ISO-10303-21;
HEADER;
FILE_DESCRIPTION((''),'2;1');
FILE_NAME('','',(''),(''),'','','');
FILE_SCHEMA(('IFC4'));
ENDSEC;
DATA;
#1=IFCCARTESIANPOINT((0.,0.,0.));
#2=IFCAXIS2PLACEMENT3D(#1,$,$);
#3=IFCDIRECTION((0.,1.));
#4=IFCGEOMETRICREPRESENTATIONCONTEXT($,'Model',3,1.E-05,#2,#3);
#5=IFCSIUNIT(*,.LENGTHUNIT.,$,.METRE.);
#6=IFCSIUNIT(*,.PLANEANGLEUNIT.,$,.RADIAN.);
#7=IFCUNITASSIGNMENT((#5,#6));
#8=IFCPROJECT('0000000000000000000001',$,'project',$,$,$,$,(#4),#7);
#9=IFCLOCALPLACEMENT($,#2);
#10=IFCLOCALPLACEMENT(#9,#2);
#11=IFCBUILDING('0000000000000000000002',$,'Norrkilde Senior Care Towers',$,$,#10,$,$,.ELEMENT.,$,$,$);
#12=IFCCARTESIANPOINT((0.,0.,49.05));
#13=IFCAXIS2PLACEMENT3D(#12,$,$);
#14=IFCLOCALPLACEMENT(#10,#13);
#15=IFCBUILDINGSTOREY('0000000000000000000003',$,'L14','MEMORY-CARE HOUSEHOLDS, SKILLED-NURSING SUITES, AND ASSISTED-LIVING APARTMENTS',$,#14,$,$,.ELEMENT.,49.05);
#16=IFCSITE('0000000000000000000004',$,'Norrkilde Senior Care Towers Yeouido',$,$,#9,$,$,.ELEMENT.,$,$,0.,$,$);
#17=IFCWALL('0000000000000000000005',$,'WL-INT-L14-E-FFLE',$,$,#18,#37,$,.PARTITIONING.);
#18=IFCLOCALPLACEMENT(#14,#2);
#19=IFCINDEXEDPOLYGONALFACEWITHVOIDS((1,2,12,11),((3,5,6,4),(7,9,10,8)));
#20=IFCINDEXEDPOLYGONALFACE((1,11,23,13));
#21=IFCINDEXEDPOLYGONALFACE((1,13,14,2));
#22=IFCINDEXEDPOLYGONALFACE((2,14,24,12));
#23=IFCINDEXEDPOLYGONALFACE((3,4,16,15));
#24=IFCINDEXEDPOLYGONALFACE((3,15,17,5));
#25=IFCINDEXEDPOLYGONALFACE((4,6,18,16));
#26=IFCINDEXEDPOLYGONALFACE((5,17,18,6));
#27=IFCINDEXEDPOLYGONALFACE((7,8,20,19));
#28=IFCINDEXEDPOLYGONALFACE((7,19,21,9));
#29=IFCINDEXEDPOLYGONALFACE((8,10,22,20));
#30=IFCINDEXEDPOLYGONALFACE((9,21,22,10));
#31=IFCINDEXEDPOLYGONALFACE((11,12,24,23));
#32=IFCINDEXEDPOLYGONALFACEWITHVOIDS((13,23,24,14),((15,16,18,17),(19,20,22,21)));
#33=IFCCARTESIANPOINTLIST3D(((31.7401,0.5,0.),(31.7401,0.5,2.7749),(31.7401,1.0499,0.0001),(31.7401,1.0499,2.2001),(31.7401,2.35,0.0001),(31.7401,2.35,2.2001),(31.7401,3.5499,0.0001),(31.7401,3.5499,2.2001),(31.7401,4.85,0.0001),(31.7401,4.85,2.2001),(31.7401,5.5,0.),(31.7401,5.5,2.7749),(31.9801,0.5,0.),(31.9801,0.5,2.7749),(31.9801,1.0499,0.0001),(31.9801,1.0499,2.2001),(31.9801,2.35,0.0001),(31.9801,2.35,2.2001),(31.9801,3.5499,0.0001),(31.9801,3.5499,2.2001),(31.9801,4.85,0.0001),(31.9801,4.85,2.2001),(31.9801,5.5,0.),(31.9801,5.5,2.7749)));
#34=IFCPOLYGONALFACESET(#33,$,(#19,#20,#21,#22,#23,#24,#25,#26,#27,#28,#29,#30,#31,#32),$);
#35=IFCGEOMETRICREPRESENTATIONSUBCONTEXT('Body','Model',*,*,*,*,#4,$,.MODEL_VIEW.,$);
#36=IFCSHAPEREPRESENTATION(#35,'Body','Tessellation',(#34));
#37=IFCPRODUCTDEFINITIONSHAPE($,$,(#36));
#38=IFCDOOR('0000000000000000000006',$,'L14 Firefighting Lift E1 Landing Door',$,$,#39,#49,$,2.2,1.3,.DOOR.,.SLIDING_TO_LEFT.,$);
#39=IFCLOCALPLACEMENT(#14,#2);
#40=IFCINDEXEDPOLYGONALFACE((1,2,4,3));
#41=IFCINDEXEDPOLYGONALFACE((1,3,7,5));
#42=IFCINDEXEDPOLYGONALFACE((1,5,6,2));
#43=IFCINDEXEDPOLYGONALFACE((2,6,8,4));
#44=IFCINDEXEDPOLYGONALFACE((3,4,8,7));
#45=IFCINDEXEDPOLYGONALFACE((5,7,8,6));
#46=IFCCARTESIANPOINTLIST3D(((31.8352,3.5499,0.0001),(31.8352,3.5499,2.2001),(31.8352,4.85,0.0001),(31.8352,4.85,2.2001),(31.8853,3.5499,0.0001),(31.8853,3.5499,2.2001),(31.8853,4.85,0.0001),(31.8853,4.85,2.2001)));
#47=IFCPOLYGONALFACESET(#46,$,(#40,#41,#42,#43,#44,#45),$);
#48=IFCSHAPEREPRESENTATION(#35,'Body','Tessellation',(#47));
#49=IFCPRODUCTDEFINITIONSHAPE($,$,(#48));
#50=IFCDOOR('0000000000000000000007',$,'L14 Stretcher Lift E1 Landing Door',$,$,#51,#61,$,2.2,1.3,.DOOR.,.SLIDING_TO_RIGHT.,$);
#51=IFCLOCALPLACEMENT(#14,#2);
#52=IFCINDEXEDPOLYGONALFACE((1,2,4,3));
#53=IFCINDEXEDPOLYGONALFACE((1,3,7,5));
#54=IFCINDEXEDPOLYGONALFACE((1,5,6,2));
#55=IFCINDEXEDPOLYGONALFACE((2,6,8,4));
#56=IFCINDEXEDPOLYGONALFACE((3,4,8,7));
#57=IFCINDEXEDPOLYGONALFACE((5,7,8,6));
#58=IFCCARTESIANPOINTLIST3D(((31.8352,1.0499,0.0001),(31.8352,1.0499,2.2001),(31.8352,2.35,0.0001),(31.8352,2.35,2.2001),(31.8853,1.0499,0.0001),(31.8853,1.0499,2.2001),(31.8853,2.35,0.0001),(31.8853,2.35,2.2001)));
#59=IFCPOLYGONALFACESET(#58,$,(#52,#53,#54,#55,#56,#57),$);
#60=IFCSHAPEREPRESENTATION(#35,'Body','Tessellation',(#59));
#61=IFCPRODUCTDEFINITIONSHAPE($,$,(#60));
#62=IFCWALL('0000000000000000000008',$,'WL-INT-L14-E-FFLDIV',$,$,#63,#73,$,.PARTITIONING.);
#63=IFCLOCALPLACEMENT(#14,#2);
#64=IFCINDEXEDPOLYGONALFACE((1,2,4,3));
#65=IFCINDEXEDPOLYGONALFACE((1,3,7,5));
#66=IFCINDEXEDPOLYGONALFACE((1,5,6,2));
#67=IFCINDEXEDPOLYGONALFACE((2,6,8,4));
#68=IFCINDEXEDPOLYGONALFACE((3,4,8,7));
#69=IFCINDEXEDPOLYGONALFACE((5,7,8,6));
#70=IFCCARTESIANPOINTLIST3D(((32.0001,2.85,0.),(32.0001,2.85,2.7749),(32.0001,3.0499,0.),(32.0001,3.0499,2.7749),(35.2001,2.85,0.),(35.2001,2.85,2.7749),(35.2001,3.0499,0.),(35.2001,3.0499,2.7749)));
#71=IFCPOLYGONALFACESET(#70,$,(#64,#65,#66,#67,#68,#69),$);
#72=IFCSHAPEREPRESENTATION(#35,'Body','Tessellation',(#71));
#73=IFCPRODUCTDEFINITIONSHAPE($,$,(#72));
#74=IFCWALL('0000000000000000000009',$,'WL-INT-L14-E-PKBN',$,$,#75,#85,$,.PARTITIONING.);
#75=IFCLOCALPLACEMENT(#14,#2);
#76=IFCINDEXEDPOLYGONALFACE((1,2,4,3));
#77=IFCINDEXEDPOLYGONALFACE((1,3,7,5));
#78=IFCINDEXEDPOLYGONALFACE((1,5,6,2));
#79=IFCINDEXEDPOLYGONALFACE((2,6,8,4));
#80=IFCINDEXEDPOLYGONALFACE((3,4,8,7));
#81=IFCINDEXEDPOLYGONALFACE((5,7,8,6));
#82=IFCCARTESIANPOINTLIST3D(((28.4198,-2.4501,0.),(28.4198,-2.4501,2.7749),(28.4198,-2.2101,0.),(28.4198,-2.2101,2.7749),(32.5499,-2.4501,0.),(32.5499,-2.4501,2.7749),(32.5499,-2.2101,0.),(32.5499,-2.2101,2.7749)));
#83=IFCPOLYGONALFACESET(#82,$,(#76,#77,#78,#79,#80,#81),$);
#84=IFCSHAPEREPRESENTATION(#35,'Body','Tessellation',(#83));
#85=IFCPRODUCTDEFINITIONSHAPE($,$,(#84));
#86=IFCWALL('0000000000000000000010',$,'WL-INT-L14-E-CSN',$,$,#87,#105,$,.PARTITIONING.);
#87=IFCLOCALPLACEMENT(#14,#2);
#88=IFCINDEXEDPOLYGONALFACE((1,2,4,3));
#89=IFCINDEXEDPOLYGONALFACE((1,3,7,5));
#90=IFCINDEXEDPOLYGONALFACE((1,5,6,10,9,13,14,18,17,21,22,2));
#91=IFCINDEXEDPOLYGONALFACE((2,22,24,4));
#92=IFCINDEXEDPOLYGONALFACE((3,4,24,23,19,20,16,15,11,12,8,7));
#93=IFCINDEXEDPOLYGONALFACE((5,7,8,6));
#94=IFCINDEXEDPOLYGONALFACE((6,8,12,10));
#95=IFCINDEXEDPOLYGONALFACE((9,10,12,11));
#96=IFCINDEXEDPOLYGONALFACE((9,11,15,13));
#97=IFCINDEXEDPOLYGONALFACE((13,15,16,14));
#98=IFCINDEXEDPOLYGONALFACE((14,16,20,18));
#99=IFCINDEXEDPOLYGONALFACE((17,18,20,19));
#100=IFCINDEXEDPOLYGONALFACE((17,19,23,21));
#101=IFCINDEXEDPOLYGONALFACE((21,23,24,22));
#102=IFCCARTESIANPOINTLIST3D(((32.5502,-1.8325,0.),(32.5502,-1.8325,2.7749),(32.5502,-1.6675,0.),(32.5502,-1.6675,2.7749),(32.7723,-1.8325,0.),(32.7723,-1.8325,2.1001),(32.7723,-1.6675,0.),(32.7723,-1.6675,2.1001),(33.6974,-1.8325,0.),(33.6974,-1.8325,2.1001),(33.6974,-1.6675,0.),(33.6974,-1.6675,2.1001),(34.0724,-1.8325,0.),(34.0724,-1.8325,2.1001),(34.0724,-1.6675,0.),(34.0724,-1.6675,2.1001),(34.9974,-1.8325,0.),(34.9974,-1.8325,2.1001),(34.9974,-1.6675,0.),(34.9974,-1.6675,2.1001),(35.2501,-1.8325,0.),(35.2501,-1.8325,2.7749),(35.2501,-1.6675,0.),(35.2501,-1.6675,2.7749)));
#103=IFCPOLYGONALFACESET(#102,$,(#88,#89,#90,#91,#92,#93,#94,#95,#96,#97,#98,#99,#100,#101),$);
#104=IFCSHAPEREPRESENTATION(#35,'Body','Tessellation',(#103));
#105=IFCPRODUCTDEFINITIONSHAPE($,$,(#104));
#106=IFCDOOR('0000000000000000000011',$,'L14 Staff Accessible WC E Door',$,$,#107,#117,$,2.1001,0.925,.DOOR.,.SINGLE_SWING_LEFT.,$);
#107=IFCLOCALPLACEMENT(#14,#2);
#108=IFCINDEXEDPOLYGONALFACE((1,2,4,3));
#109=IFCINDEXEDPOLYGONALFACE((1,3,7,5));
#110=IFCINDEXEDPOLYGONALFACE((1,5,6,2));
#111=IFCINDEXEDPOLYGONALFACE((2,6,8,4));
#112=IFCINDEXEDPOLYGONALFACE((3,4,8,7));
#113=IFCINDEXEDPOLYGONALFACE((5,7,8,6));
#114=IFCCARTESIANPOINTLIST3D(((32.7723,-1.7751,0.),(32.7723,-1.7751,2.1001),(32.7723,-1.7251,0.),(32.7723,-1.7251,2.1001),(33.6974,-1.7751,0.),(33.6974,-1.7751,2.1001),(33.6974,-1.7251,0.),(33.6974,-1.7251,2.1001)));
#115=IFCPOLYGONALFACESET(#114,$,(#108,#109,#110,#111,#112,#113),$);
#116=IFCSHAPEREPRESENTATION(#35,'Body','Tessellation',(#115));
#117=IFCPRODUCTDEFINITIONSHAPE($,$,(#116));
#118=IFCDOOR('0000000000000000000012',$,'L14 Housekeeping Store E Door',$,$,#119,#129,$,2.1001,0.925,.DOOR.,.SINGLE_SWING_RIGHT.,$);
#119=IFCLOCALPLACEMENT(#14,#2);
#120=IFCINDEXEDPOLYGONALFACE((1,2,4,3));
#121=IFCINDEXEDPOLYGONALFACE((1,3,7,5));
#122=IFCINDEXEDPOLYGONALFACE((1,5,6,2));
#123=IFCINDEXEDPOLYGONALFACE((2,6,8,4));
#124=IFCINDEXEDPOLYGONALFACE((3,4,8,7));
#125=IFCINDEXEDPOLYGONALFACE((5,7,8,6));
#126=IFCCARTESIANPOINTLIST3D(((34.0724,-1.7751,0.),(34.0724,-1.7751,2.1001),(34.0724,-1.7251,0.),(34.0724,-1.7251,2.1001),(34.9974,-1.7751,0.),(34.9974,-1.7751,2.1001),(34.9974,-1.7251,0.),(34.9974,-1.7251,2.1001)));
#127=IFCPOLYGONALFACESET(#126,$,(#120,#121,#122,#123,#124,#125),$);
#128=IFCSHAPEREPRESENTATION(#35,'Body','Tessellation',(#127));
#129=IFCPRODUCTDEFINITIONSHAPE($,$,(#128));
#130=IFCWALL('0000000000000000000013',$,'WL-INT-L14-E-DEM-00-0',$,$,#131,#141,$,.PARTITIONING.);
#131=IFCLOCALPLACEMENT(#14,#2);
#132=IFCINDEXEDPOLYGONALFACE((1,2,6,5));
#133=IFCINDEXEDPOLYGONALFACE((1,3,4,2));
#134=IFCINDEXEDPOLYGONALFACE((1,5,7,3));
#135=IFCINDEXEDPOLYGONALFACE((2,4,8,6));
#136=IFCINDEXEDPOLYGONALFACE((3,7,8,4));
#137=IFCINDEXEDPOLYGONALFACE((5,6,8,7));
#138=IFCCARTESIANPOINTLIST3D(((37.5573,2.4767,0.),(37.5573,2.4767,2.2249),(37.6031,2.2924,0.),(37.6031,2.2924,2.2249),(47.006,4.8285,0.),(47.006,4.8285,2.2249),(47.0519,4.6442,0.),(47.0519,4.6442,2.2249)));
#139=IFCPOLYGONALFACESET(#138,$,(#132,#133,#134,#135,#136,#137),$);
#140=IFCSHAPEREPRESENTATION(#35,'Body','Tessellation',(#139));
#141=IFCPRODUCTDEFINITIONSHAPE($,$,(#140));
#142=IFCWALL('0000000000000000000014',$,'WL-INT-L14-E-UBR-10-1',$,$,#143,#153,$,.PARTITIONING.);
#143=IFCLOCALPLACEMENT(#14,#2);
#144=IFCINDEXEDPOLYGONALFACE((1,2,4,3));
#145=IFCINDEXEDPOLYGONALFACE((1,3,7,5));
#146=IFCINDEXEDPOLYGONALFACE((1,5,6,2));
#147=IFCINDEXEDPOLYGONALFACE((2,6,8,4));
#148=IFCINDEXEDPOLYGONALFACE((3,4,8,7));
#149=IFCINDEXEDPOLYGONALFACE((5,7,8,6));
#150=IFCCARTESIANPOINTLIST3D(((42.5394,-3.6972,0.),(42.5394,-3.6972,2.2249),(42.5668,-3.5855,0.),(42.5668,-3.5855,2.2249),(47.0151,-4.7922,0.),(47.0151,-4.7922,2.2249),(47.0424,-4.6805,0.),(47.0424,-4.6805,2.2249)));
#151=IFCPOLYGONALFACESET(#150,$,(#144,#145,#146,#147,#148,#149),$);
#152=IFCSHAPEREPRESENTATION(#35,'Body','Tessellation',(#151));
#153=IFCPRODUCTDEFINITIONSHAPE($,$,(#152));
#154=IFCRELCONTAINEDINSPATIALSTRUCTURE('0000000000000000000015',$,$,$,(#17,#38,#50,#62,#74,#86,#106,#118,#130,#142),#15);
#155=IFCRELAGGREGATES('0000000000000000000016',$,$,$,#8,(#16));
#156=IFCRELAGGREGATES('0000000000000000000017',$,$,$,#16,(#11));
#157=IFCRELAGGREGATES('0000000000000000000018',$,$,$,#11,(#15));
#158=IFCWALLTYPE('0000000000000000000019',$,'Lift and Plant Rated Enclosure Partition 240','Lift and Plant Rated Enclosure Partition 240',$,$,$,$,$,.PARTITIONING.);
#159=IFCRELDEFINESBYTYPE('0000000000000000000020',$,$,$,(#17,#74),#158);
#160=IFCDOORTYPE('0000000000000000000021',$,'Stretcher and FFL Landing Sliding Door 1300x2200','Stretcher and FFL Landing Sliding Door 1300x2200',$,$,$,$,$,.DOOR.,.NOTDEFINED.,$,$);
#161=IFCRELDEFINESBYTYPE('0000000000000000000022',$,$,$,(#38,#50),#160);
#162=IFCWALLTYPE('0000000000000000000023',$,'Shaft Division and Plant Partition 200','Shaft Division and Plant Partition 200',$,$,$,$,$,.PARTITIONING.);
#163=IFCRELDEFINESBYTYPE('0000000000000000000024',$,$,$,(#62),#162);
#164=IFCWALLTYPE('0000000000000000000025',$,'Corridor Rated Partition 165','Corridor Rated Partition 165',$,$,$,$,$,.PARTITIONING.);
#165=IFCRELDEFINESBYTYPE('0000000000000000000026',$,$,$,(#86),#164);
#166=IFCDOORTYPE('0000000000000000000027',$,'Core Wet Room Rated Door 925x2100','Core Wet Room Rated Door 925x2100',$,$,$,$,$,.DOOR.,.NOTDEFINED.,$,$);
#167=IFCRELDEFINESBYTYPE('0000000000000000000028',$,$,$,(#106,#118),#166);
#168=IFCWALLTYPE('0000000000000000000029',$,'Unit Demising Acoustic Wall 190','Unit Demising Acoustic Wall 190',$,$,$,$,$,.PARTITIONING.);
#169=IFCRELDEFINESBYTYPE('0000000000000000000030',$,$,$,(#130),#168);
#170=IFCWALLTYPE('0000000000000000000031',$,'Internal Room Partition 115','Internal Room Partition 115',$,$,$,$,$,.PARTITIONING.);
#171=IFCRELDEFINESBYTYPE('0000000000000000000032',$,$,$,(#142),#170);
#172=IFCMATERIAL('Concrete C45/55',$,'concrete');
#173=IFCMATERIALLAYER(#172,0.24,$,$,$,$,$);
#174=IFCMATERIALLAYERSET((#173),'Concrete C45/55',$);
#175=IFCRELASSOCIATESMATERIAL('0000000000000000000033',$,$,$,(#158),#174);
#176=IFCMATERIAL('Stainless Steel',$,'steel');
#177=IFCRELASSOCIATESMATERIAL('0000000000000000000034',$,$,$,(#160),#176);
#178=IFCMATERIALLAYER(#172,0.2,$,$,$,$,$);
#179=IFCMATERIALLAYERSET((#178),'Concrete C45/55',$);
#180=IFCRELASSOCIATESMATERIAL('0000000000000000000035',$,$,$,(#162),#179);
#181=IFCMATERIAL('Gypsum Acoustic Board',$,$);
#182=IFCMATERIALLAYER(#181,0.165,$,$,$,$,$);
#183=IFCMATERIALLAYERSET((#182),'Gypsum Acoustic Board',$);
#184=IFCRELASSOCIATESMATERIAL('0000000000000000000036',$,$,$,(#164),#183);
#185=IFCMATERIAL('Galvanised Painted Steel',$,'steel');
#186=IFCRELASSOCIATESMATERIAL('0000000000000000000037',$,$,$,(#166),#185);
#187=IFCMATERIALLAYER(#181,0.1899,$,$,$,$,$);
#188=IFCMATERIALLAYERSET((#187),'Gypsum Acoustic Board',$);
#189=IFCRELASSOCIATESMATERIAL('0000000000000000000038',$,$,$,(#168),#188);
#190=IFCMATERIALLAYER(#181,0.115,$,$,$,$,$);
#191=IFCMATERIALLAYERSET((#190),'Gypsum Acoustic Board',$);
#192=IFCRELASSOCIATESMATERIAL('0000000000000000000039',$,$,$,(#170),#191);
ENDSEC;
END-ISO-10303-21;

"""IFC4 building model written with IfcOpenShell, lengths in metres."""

from ifc_helpers import new_model, si_unit, direction, frame, frame_2d, origin, place, context, subcontext, project, spatial, rectangle, extrude, source, transform, mapped, material, layer, layer_set, type_object, type_shapes, element, fill, save


model = new_model("IFC4")

# Units and contexts
model_context = context("Model", 3, precision=1e-05, world=origin(), true_north=direction((0.0, 1.0)))
body_context = subcontext(model_context, "Body", "Model", "MODEL_VIEW")
ifc_project = project(units=[si_unit("LENGTHUNIT", "METRE"), si_unit("PLANEANGLEUNIT", "RADIAN")], contexts=[model_context])

# Site, building, storey
site_placement = place(None, origin())
site = spatial("IfcSite", under=ifc_project, at=site_placement, Name="Norrkilde Senior Care Towers Yeouido", CompositionType="ELEMENT", RefElevation=0.0)
building_placement = place(site_placement, origin())
building = spatial("IfcBuilding", under=site, at=building_placement, Name="Norrkilde Senior Care Towers", CompositionType="ELEMENT")
storey_placement = place(building_placement, frame((0.0, 0.0, 49.05)))
storey = spatial("IfcBuildingStorey", under=building, at=storey_placement, Name="L14", Description="MEMORY-CARE HOUSEHOLDS, SKILLED-NURSING SUITES, AND ASSISTED-LIVING APARTMENTS", CompositionType="ELEMENT", Elevation=49.05)

# Shared definitions
ifc_material_1 = material(Name="Galvanised Painted Steel", Category="steel")

# Wall, openings, doors
ifc_material_2 = material(Name="Concrete C45/55", Category="concrete")
ifc_layer_1 = layer(ifc_material_2, 0.24)
ifc_layer_set_1 = layer_set([ifc_layer_1], Name="Concrete C45/55")
wall_type_1 = type_object("IfcWallType", Name="Lift and Plant Rated Enclosure Partition 240", Description="Lift and Plant Rated Enclosure Partition 240", PredefinedType="PARTITIONING", material=ifc_layer_set_1)
shared_shape_1 = source(origin(), body_context, "Body", "SweptSolid", [
    extrude(rectangle(XDim=5.0, YDim=0.24, at=frame_2d((2.5, 0.0))), origin(), (0.0, 0.0, 1.0), 2.7749),
])
wall_1_placement = place(storey_placement, frame((31.8601, 0.5, 0.0), z_axis=(0.0, 0.0, 1.0), x_axis=(0.0, 1.0, 0.0)))
wall_1 = element("IfcWall", 1, at=wall_1_placement, inside=storey, type_object=wall_type_1, Name="WL-INT-L14-E-FFLE", PredefinedType="PARTITIONING", context=body_context, shape_type="MappedRepresentation", body=[
    mapped(shared_shape_1, transform((0.0, 0.0, 0.0), x_axis=(1.0, 0.0, 0.0), y_axis=(0.0, 1.0, 0.0), z_axis=(0.0, 0.0, 1.0), scale=1.0)),
])
opening_1_placement = place(wall_1_placement, frame((3.05, 0.0, 0.0)))
opening_1 = element("IfcOpeningElement", 2, at=opening_1_placement, cuts=wall_1, PredefinedType="OPENING", context=body_context, shape_type="SweptSolid", body=[
    extrude(rectangle(XDim=1.3, YDim=2.2, at=frame_2d((0.6499, 1.1001))), frame((0.0, 0.1299, 0.0), z_axis=(0.0, -1.0, 0.0), x_axis=(1.0, 0.0, 0.0)), (0.0, 0.0, 1.0), 0.26),
])
opening_2_placement = place(wall_1_placement, frame((0.55, 0.0, 0.0)))
opening_2 = element("IfcOpeningElement", 3, at=opening_2_placement, cuts=wall_1, PredefinedType="OPENING", context=body_context, shape_type="SweptSolid", body=[
    extrude(rectangle(XDim=1.3, YDim=2.2, at=frame_2d((0.6499, 1.1001))), frame((0.0, 0.1299, 0.0), z_axis=(0.0, -1.0, 0.0), x_axis=(1.0, 0.0, 0.0)), (0.0, 0.0, 1.0), 0.26),
])
ifc_material_3 = material(Name="Stainless Steel", Category="steel")
door_type_1 = type_object("IfcDoorType", Name="Stretcher and FFL Landing Sliding Door 1300x2200", Description="Stretcher and FFL Landing Sliding Door 1300x2200", OperationType="NOTDEFINED", PredefinedType="DOOR", material=ifc_material_3)
shared_shape_2 = source(origin(), body_context, "Body", "SweptSolid", [
    extrude(rectangle(XDim=1.3, YDim=2.2, at=frame_2d((0.6499, 1.1001))), frame((0.0, 0.0249, 0.0), z_axis=(0.0, -1.0, 0.0), x_axis=(1.0, 0.0, 0.0)), (0.0, 0.0, 1.0), 0.05),
])
type_shapes(door_type_1, [shared_shape_2])
door_1_placement = place(opening_1_placement, origin())
door_1 = element("IfcDoor", 4, at=door_1_placement, inside=storey, type_object=door_type_1, Name="L14 Firefighting Lift E1 Landing Door", OperationType="SLIDING_TO_LEFT", OverallHeight=2.2, OverallWidth=1.3, PredefinedType="DOOR", context=body_context, shape_type="MappedRepresentation", body=[
    mapped(shared_shape_2, transform((0.0, 0.0, 0.0), x_axis=(1.0, 0.0, 0.0), y_axis=(0.0, 1.0, 0.0), z_axis=(0.0, 0.0, 1.0), scale=1.0)),
])
fill(opening_1, door_1)
door_2_placement = place(opening_2_placement, origin())
door_2 = element("IfcDoor", 5, at=door_2_placement, inside=storey, type_object=door_type_1, Name="L14 Stretcher Lift E1 Landing Door", OperationType="SLIDING_TO_RIGHT", OverallHeight=2.2, OverallWidth=1.3, PredefinedType="DOOR", context=body_context, shape_type="MappedRepresentation", body=[
    mapped(shared_shape_2, transform((0.0, 0.0, 0.0), x_axis=(1.0, 0.0, 0.0), y_axis=(0.0, 1.0, 0.0), z_axis=(0.0, 0.0, 1.0), scale=1.0)),
])
fill(opening_2, door_2)

# Wall
ifc_layer_2 = layer(ifc_material_2, 0.2)
ifc_layer_set_2 = layer_set([ifc_layer_2], Name="Concrete C45/55")
wall_type_2 = type_object("IfcWallType", Name="Shaft Division and Plant Partition 200", Description="Shaft Division and Plant Partition 200", PredefinedType="PARTITIONING", material=ifc_layer_set_2)
shared_shape_3 = source(origin(), body_context, "Body", "SweptSolid", [
    extrude(rectangle(XDim=3.2, YDim=0.2, at=frame_2d((1.6001, 0.0))), origin(), (0.0, 0.0, 1.0), 2.7749),
])
type_shapes(wall_type_2, [shared_shape_3])
wall_2_placement = place(storey_placement, frame((32.0, 2.95, 0.0), z_axis=(0.0, 0.0, 1.0), x_axis=(1.0, 0.0, 0.0)))
element("IfcWall", 6, at=wall_2_placement, inside=storey, type_object=wall_type_2, Name="WL-INT-L14-E-FFLDIV", PredefinedType="PARTITIONING", context=body_context, shape_type="MappedRepresentation", body=[
    mapped(shared_shape_3, transform((0.0, 0.0, 0.0), x_axis=(1.0, 0.0, 0.0), y_axis=(0.0, 1.0, 0.0), z_axis=(0.0, 0.0, 1.0), scale=1.0)),
])

# Wall
shared_shape_4 = source(origin(), body_context, "Body", "SweptSolid", [
    extrude(rectangle(XDim=4.1301, YDim=0.24, at=frame_2d((2.0649, 0.0))), origin(), (0.0, 0.0, 1.0), 2.7749),
])
type_shapes(wall_type_1, [shared_shape_1, shared_shape_4])
wall_3_placement = place(storey_placement, frame((28.4199, -2.3301, 0.0), z_axis=(0.0, 0.0, 1.0), x_axis=(1.0, 0.0, 0.0)))
element("IfcWall", 7, at=wall_3_placement, inside=storey, type_object=wall_type_1, Name="WL-INT-L14-E-PKBN", PredefinedType="PARTITIONING", context=body_context, shape_type="MappedRepresentation", body=[
    mapped(shared_shape_4, transform((0.0, 0.0, 0.0), x_axis=(1.0, 0.0, 0.0), y_axis=(0.0, 1.0, 0.0), z_axis=(0.0, 0.0, 1.0), scale=1.0)),
])

# Wall, openings, doors
ifc_material_4 = material(Name="Gypsum Acoustic Board")
ifc_layer_3 = layer(ifc_material_4, 0.165)
ifc_layer_set_3 = layer_set([ifc_layer_3], Name="Gypsum Acoustic Board")
wall_type_3 = type_object("IfcWallType", Name="Corridor Rated Partition 165", Description="Corridor Rated Partition 165", PredefinedType="PARTITIONING", material=ifc_layer_set_3)
shared_shape_5 = source(origin(), body_context, "Body", "SweptSolid", [
    extrude(rectangle(XDim=2.7, YDim=0.165, at=frame_2d((1.3501, 0.0))), origin(), (0.0, 0.0, 1.0), 2.7749),
])
type_shapes(wall_type_3, [shared_shape_5])
wall_4_placement = place(storey_placement, frame((32.55, -1.75, 0.0), z_axis=(0.0, 0.0, 1.0), x_axis=(1.0, 0.0, 0.0)))
wall_4 = element("IfcWall", 8, at=wall_4_placement, inside=storey, type_object=wall_type_3, Name="WL-INT-L14-E-CSN", PredefinedType="PARTITIONING", context=body_context, shape_type="MappedRepresentation", body=[
    mapped(shared_shape_5, transform((0.0, 0.0, 0.0), x_axis=(1.0, 0.0, 0.0), y_axis=(0.0, 1.0, 0.0), z_axis=(0.0, 0.0, 1.0), scale=1.0)),
])
opening_3_placement = place(wall_4_placement, frame((0.2224, 0.0, 0.0)))
opening_3 = element("IfcOpeningElement", 9, at=opening_3_placement, cuts=wall_4, PredefinedType="OPENING", context=body_context, shape_type="SweptSolid", body=[
    extrude(rectangle(XDim=0.925, YDim=2.1001, at=frame_2d((0.4624, 1.05))), frame((0.0, 0.0925, 0.0), z_axis=(0.0, -1.0, 0.0), x_axis=(1.0, 0.0, 0.0)), (0.0, 0.0, 1.0), 0.1851),
])
opening_4_placement = place(wall_4_placement, frame((1.5225, 0.0, 0.0)))
opening_4 = element("IfcOpeningElement", 10, at=opening_4_placement, cuts=wall_4, PredefinedType="OPENING", context=body_context, shape_type="SweptSolid", body=[
    extrude(rectangle(XDim=0.925, YDim=2.1001, at=frame_2d((0.4624, 1.05))), frame((0.0, 0.0925, 0.0), z_axis=(0.0, -1.0, 0.0), x_axis=(1.0, 0.0, 0.0)), (0.0, 0.0, 1.0), 0.1851),
])
door_type_2 = type_object("IfcDoorType", Name="Core Wet Room Rated Door 925x2100", Description="Core Wet Room Rated Door 925x2100", OperationType="NOTDEFINED", PredefinedType="DOOR", material=ifc_material_1)
shared_shape_6 = source(origin(), body_context, "Body", "SweptSolid", [
    extrude(rectangle(XDim=0.925, YDim=2.1001, at=frame_2d((0.4624, 1.05))), frame((0.0, 0.0249, 0.0), z_axis=(0.0, -1.0, 0.0), x_axis=(1.0, 0.0, 0.0)), (0.0, 0.0, 1.0), 0.05),
])
type_shapes(door_type_2, [shared_shape_6])
door_3_placement = place(opening_3_placement, origin())
door_3 = element("IfcDoor", 11, at=door_3_placement, inside=storey, type_object=door_type_2, Name="L14 Staff Accessible WC E Door", OperationType="SINGLE_SWING_LEFT", OverallHeight=2.1001, OverallWidth=0.925, PredefinedType="DOOR", context=body_context, shape_type="MappedRepresentation", body=[
    mapped(shared_shape_6, transform((0.0, 0.0, 0.0), x_axis=(1.0, 0.0, 0.0), y_axis=(0.0, 1.0, 0.0), z_axis=(0.0, 0.0, 1.0), scale=1.0)),
])
fill(opening_3, door_3)
door_4_placement = place(opening_4_placement, origin())
door_4 = element("IfcDoor", 12, at=door_4_placement, inside=storey, type_object=door_type_2, Name="L14 Housekeeping Store E Door", OperationType="SINGLE_SWING_RIGHT", OverallHeight=2.1001, OverallWidth=0.925, PredefinedType="DOOR", context=body_context, shape_type="MappedRepresentation", body=[
    mapped(shared_shape_6, transform((0.0, 0.0, 0.0), x_axis=(1.0, 0.0, 0.0), y_axis=(0.0, 1.0, 0.0), z_axis=(0.0, 0.0, 1.0), scale=1.0)),
])
fill(opening_4, door_4)

# Wall
ifc_layer_4 = layer(ifc_material_4, 0.1899)
ifc_layer_set_4 = layer_set([ifc_layer_4], Name="Gypsum Acoustic Board")
wall_type_4 = type_object("IfcWallType", Name="Unit Demising Acoustic Wall 190", Description="Unit Demising Acoustic Wall 190", PredefinedType="PARTITIONING", material=ifc_layer_set_4)
shared_shape_7 = source(origin(), body_context, "Body", "SweptSolid", [
    extrude(rectangle(XDim=9.7371, YDim=0.1899, at=frame_2d((4.8687, 0.0))), origin(), (0.0, 0.0, 1.0), 2.2249),
])
type_shapes(wall_type_4, [shared_shape_7])
wall_5_placement = place(storey_placement, frame((37.5801, 2.3845, 0.0), z_axis=(0.0, 0.0, 1.0), x_axis=(0.970393, 0.241533, 0.0)))
element("IfcWall", 13, at=wall_5_placement, inside=storey, type_object=wall_type_4, Name="WL-INT-L14-E-DEM-00-0", PredefinedType="PARTITIONING", context=body_context, shape_type="MappedRepresentation", body=[
    mapped(shared_shape_7, transform((0.0, 0.0, 0.0), x_axis=(1.0, 0.0, 0.0), y_axis=(0.0, 1.0, 0.0), z_axis=(0.0, 0.0, 1.0), scale=1.0)),
])

# Wall
ifc_layer_5 = layer(ifc_material_4, 0.115)
ifc_layer_set_5 = layer_set([ifc_layer_5], Name="Gypsum Acoustic Board")
wall_type_5 = type_object("IfcWallType", Name="Internal Room Partition 115", Description="Internal Room Partition 115", PredefinedType="PARTITIONING", material=ifc_layer_set_5)
shared_shape_8 = source(origin(), body_context, "Body", "SweptSolid", [
    extrude(rectangle(XDim=4.6077, YDim=0.115, at=frame_2d((2.3037, 0.0))), origin(), (0.0, 0.0, 1.0), 2.2249),
])
type_shapes(wall_type_5, [shared_shape_8])
wall_6_placement = place(storey_placement, frame((42.5532, -3.6414, 0.0), z_axis=(0.0, 0.0, 1.0), x_axis=(0.971352, -0.237645, 0.0)))
element("IfcWall", 14, at=wall_6_placement, inside=storey, type_object=wall_type_5, Name="WL-INT-L14-E-UBR-10-1", PredefinedType="PARTITIONING", context=body_context, shape_type="MappedRepresentation", body=[
    mapped(shared_shape_8, transform((0.0, 0.0, 0.0), x_axis=(1.0, 0.0, 0.0), y_axis=(0.0, 1.0, 0.0), z_axis=(0.0, 0.0, 1.0), scale=1.0)),
])

save(model, "model.ifc")
